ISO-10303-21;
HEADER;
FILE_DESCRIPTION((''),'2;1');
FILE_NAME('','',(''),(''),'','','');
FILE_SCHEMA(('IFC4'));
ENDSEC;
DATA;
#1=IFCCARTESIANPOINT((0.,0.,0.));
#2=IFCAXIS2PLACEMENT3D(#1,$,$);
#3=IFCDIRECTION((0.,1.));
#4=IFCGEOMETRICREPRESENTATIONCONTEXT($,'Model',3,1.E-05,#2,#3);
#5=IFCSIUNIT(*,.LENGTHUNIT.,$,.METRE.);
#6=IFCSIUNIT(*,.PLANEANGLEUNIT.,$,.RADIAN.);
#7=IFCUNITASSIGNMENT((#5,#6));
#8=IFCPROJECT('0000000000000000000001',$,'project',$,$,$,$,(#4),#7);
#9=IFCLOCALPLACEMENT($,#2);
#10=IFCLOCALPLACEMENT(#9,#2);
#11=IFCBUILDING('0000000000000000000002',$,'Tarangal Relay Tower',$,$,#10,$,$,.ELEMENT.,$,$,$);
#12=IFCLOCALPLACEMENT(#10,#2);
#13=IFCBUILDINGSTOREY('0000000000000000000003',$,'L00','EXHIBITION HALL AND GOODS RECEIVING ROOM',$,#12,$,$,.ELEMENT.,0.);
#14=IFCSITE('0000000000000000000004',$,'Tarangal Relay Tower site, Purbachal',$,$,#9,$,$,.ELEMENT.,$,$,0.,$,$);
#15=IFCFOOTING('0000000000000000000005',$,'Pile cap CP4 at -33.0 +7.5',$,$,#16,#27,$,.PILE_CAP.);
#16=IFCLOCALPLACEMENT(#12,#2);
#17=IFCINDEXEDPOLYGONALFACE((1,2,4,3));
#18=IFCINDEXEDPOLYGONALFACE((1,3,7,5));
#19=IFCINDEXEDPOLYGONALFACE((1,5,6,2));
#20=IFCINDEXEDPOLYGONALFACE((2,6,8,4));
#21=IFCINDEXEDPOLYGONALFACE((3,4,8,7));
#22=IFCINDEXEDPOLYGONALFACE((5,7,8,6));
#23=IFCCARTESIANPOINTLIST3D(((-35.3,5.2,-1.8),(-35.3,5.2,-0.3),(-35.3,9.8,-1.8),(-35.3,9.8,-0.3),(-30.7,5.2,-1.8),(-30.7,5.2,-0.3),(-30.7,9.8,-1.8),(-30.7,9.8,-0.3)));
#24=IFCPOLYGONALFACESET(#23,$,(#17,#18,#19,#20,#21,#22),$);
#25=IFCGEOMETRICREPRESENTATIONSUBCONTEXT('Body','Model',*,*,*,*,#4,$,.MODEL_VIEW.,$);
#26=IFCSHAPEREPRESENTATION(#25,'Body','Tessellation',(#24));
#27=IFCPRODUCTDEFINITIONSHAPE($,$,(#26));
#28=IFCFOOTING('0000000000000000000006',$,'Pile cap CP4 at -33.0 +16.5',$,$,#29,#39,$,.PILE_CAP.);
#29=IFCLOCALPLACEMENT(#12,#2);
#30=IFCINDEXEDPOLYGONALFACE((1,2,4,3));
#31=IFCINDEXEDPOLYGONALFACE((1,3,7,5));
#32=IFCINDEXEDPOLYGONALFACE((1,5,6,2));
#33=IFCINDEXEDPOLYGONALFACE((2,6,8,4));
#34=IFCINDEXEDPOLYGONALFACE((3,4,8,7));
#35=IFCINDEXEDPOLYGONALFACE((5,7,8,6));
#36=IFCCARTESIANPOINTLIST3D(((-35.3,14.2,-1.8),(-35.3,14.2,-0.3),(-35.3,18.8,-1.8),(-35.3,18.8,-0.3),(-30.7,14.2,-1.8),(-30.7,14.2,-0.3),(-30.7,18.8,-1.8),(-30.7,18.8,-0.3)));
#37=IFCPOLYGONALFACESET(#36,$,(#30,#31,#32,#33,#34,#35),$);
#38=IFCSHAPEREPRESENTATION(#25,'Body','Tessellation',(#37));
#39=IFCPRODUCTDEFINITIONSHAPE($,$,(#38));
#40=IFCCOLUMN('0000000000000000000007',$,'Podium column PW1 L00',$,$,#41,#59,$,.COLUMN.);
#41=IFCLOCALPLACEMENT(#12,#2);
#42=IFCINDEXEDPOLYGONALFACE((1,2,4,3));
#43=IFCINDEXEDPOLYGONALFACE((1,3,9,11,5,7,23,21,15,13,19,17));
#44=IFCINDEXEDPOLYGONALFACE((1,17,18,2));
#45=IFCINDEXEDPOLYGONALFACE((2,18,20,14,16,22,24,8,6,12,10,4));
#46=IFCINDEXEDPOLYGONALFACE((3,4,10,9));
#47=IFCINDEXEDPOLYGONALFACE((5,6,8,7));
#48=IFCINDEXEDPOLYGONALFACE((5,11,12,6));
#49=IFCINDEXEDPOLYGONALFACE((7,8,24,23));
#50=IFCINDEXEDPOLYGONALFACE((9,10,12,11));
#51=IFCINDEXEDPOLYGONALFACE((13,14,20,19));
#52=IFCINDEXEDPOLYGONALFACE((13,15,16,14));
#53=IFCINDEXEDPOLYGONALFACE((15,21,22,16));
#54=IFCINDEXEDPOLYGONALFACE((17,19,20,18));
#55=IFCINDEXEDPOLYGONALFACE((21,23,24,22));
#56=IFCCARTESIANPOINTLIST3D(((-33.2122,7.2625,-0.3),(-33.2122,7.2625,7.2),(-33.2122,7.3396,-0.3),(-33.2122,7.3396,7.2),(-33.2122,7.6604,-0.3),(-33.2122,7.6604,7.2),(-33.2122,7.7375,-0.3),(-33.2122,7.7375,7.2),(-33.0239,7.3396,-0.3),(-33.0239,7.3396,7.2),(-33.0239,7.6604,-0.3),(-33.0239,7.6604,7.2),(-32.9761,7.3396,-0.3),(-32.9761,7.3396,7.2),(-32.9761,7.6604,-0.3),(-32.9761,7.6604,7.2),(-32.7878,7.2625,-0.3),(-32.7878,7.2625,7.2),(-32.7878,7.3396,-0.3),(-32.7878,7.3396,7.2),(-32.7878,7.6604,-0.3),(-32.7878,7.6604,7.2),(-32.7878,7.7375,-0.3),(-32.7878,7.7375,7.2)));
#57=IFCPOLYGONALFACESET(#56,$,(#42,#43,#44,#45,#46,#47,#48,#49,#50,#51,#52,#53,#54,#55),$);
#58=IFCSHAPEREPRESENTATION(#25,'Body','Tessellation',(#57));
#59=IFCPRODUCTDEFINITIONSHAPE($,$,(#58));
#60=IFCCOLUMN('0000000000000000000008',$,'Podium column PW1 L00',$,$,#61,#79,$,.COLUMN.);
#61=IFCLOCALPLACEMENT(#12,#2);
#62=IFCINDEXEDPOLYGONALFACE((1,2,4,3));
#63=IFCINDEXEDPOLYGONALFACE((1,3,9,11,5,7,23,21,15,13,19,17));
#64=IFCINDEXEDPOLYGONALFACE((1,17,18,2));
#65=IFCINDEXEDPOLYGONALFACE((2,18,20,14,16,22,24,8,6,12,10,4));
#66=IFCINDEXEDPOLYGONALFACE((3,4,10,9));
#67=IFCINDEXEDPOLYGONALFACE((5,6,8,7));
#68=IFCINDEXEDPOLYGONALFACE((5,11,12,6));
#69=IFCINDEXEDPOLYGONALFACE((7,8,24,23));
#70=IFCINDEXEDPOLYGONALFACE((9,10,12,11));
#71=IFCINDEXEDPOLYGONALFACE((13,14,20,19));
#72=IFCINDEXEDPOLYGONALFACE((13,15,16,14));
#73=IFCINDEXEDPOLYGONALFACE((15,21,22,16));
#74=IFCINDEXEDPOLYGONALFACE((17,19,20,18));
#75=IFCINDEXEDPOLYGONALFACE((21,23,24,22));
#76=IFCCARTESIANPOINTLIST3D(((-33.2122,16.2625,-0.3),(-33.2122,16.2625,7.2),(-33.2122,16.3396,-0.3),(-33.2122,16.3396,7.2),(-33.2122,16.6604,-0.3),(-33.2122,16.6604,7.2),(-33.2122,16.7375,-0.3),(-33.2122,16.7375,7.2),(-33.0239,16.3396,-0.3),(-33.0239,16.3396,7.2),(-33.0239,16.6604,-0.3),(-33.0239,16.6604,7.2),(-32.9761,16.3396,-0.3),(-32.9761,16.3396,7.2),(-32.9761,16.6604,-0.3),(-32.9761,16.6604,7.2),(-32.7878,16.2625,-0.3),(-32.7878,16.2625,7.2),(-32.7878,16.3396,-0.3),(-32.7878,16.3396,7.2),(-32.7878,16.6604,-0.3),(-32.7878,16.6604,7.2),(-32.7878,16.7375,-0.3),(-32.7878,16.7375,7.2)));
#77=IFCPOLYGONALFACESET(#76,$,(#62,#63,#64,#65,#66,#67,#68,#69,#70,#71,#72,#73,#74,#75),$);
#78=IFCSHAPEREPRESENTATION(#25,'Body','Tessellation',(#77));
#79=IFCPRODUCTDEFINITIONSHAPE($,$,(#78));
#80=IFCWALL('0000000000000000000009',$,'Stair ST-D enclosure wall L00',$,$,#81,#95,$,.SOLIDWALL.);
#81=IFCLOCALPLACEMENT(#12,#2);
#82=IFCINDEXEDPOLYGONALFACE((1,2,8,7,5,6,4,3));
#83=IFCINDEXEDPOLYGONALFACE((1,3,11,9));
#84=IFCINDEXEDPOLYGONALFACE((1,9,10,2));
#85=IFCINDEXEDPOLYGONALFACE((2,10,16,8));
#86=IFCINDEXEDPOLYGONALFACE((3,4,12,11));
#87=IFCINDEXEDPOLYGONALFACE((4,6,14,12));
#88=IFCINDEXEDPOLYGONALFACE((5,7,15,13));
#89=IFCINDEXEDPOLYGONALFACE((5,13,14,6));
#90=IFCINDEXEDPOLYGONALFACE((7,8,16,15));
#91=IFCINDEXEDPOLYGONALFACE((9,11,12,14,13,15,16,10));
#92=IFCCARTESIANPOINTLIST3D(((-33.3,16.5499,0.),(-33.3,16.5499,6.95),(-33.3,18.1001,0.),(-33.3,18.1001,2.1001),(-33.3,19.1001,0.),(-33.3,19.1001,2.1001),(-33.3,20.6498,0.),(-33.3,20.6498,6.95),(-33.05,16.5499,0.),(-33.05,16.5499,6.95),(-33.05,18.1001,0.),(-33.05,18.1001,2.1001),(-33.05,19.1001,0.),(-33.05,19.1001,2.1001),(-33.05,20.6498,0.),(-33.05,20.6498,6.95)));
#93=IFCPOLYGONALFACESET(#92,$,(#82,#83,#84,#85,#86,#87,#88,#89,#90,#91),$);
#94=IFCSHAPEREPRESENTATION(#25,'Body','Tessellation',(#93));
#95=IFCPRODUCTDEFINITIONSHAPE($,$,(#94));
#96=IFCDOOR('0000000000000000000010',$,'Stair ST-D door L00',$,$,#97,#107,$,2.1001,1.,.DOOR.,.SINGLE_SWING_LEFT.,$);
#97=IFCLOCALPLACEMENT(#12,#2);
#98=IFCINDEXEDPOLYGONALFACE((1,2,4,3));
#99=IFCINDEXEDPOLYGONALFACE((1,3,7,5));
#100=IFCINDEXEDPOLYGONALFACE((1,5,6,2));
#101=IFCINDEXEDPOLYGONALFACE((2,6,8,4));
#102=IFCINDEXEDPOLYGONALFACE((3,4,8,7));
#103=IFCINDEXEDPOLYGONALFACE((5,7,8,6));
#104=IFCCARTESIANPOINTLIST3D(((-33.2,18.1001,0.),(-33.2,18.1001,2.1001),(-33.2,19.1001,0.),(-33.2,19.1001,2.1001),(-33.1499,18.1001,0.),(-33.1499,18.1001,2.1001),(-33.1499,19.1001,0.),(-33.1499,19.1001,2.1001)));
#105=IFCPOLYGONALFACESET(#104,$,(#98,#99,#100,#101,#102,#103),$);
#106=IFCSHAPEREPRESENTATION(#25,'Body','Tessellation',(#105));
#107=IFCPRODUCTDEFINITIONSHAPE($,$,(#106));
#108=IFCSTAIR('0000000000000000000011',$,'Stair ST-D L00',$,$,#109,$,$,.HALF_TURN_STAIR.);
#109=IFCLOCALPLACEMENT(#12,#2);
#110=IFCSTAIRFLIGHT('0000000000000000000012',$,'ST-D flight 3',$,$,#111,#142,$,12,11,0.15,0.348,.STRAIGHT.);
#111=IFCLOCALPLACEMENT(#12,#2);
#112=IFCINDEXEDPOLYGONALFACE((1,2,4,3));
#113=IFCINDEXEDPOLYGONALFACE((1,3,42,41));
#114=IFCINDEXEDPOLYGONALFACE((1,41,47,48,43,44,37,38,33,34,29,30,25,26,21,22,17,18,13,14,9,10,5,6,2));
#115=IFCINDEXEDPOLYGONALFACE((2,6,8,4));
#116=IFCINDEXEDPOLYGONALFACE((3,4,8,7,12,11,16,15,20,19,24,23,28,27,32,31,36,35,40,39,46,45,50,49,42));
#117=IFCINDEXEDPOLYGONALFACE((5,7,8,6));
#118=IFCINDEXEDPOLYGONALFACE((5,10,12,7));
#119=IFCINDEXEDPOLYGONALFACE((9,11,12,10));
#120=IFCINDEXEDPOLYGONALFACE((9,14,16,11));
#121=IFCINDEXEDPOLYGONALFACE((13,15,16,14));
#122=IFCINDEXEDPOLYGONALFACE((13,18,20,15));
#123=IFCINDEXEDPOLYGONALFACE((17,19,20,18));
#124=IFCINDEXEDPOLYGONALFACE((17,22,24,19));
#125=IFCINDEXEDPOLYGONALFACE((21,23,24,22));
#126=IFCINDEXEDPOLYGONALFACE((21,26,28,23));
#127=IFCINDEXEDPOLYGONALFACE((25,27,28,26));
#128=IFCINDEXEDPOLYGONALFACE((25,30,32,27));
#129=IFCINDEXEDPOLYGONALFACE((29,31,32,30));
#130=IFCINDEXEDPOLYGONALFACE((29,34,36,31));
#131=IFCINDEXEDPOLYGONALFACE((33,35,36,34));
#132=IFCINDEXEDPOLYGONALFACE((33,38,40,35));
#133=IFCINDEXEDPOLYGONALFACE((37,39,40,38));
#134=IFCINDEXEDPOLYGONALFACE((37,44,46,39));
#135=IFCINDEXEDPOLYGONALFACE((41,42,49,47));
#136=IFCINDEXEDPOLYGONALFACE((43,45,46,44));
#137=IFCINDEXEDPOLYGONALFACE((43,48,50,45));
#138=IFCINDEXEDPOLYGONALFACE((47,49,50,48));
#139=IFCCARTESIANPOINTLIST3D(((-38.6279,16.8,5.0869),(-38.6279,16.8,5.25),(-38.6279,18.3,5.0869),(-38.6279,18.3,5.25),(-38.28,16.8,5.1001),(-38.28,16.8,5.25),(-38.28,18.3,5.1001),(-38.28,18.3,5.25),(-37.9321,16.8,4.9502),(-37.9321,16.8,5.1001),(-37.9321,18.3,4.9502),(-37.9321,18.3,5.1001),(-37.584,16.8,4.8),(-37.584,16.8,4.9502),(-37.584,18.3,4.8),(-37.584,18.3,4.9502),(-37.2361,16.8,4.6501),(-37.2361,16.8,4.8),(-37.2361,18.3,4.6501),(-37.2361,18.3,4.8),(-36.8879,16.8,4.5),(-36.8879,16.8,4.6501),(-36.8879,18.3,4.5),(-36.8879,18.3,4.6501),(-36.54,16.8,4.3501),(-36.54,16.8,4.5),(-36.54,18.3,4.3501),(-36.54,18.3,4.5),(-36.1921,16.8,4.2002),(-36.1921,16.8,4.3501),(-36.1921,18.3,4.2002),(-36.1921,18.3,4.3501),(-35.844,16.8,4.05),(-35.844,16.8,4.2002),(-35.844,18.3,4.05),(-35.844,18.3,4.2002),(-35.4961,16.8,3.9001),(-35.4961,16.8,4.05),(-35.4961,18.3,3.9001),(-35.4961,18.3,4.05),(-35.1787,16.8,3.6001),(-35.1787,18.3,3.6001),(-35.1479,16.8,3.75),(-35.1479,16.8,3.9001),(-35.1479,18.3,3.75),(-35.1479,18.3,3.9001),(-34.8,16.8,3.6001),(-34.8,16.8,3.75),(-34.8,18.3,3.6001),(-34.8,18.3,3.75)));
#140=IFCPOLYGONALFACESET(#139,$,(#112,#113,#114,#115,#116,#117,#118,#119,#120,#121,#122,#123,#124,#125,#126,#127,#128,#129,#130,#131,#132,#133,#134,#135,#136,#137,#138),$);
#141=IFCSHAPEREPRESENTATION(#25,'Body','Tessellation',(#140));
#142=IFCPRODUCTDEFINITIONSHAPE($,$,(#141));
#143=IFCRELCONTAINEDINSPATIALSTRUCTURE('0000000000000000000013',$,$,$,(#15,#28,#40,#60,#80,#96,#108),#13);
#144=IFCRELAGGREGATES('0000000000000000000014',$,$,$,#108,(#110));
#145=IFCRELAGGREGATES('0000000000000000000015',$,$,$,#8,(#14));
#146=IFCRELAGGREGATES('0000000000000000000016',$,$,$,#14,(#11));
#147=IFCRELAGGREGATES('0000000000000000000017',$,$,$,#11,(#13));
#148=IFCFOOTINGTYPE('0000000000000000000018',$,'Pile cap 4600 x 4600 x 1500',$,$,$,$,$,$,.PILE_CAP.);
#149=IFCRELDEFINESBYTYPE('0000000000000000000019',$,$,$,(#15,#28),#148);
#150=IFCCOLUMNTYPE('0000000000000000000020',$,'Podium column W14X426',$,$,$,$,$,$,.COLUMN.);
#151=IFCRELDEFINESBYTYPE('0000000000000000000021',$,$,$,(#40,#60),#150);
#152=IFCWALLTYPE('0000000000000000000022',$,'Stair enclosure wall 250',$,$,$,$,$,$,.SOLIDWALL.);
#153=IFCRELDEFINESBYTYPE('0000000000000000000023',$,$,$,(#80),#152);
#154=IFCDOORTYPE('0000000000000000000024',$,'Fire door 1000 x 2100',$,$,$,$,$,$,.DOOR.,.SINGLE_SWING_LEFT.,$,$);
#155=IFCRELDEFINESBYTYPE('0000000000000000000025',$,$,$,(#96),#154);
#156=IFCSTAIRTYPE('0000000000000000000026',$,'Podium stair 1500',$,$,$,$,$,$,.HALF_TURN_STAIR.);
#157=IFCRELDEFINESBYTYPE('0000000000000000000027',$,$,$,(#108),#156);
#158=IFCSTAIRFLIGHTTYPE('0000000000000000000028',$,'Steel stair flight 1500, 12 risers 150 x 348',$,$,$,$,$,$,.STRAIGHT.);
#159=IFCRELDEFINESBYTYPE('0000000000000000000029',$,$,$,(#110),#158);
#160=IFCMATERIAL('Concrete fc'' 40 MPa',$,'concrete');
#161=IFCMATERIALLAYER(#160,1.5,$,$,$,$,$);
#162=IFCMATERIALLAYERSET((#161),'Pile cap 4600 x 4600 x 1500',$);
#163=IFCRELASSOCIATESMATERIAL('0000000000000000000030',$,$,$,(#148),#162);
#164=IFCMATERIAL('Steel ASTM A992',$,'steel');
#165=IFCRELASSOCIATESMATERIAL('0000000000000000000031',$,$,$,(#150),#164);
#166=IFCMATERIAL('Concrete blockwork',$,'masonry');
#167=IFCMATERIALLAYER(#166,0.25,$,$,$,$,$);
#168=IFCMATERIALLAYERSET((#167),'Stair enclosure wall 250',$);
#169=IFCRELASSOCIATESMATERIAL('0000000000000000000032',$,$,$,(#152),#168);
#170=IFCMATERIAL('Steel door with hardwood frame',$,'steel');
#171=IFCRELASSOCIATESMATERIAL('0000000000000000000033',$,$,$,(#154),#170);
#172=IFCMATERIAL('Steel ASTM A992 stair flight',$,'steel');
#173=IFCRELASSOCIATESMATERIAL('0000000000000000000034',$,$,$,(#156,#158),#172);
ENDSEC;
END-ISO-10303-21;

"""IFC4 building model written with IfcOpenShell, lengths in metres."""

from ifc_helpers import new_model, si_unit, direction, frame, frame_2d, origin, origin_2d, place, context, subcontext, project, spatial, polyline, rectangle, i_section, outline, extrude, material, layer, layer_set, material_profile, profile_set, type_object, element, fill, aggregate, save


model = new_model("IFC4")

# Units and contexts
model_context = context("Model", 3, precision=1e-05, world=origin(), true_north=direction((0.0, 1.0)))
body_context = subcontext(model_context, "Body", "Model", "MODEL_VIEW")
ifc_project = project(units=[si_unit("LENGTHUNIT", "METRE"), si_unit("PLANEANGLEUNIT", "RADIAN")], contexts=[model_context])

# Site, building, storey
site_placement = place(None, origin())
site = spatial("IfcSite", under=ifc_project, at=site_placement, Name="Tarangal Relay Tower site, Purbachal", CompositionType="ELEMENT", RefElevation=0.0)
building_placement = place(site_placement, origin())
building = spatial("IfcBuilding", under=site, at=building_placement, Name="Tarangal Relay Tower", CompositionType="ELEMENT")
storey_placement = place(building_placement, origin())
storey = spatial("IfcBuildingStorey", under=building, at=storey_placement, Name="L00", Description="EXHIBITION HALL AND GOODS RECEIVING ROOM", CompositionType="ELEMENT", Elevation=0.0)

# Shared definitions
ifc_material_1 = material(Name="Concrete fc' 40 MPa", Category="concrete")

# Footings
ifc_layer_1 = layer(ifc_material_1, 1.5)
ifc_layer_set_1 = layer_set([ifc_layer_1], Name="Pile cap 4600 x 4600 x 1500")
footing_type_1 = type_object("IfcFootingType", Name="Pile cap 4600 x 4600 x 1500", PredefinedType="PILE_CAP", material=ifc_layer_set_1)
for number, where, z_axis, x_axis, name in (
    (1, (-33.0, 7.5, -1.8), (0.0, 0.0, 1.0), (1.0, 0.0, 0.0), "Pile cap CP4 at -33.0 +7.5"),
    (2, (-33.0, 16.5, -1.8), (0.0, 0.0, 1.0), (1.0, 0.0, 0.0), "Pile cap CP4 at -33.0 +16.5"),
):
    element("IfcFooting", number, at=place(storey_placement, frame(where, z_axis=z_axis, x_axis=x_axis)), inside=storey, type_object=footing_type_1, Name=name, PredefinedType="PILE_CAP", context=body_context, shape_type="SweptSolid", body=[
        extrude(rectangle(XDim=4.6001, YDim=4.6001, at=origin_2d()), origin(), (0.0, 0.0, 1.0), 1.5),
    ])

# Columns
ifc_material_2 = material(Name="Steel ASTM A992", Category="steel")
ifc_material_profile_1 = material_profile(ifc_material_2, i_section(OverallWidth=0.4243, OverallDepth=0.4751, WebThickness=0.0479, FlangeThickness=0.0771, at=origin_2d()), Name="W14X426")
ifc_profile_set_1 = profile_set([ifc_material_profile_1], Name="Steel ASTM A992")
column_type = type_object("IfcColumnType", Name="Podium column W14X426", PredefinedType="COLUMN", material=ifc_profile_set_1)
for number, where, z_axis, x_axis, name in (
    (3, (-33.0, 7.5, -0.3), (0.0, 0.0, 1.0), (1.0, 0.0, 0.0), "Podium column PW1 L00"),
    (4, (-33.0, 16.5, -0.3), (0.0, 0.0, 1.0), (1.0, 0.0, 0.0), "Podium column PW1 L00"),
):
    element("IfcColumn", number, at=place(storey_placement, frame(where, z_axis=z_axis, x_axis=x_axis)), inside=storey, type_object=column_type, Name=name, PredefinedType="COLUMN", context=body_context, shape_type="SweptSolid", body=[
        extrude(i_section(OverallWidth=0.4243, OverallDepth=0.4751, WebThickness=0.0479, FlangeThickness=0.0771, at=origin_2d()), origin(), (0.0, 0.0, 1.0), 7.5),
    ])

# Wall, opening, door
ifc_material_3 = material(Name="Concrete blockwork", Category="masonry")
ifc_layer_2 = layer(ifc_material_3, 0.25)
ifc_layer_set_2 = layer_set([ifc_layer_2], Name="Stair enclosure wall 250")
wall_type = type_object("IfcWallType", Name="Stair enclosure wall 250", PredefinedType="SOLIDWALL", material=ifc_layer_set_2)
wall_placement = place(storey_placement, frame((-33.175, 16.55, 0.0), z_axis=(0.0, 0.0, 1.0), x_axis=(0.0, 1.0, 0.0)))
wall = element("IfcWall", 5, at=wall_placement, inside=storey, type_object=wall_type, Name="Stair ST-D enclosure wall L00", PredefinedType="SOLIDWALL", context=body_context, shape_type="SweptSolid", body=[
    extrude(rectangle(XDim=4.0999, YDim=0.25, at=frame_2d((2.0498, 0.0))), origin(), (0.0, 0.0, 1.0), 6.95),
])
opening_placement = place(wall_placement, frame((1.55, 0.0, 0.0)))
opening = element("IfcOpeningElement", 6, at=opening_placement, cuts=wall, PredefinedType="OPENING", context=body_context, shape_type="SweptSolid", body=[
    extrude(rectangle(XDim=1.0, YDim=2.1001, at=frame_2d((0.5, 1.05))), frame((0.0, 0.135, 0.0), z_axis=(0.0, -1.0, 0.0), x_axis=(1.0, 0.0, 0.0)), (0.0, 0.0, 1.0), 0.27),
])
ifc_material_4 = material(Name="Steel door with hardwood frame", Category="steel")
door_type = type_object("IfcDoorType", Name="Fire door 1000 x 2100", OperationType="SINGLE_SWING_LEFT", PredefinedType="DOOR", material=ifc_material_4)
door_placement = place(opening_placement, origin())
door = element("IfcDoor", 7, at=door_placement, inside=storey, type_object=door_type, Name="Stair ST-D door L00", OperationType="SINGLE_SWING_LEFT", OverallHeight=2.1001, OverallWidth=1.0, PredefinedType="DOOR", context=body_context, shape_type="SweptSolid", body=[
    extrude(rectangle(XDim=1.0, YDim=2.1001, at=frame_2d((0.5, 1.05))), frame((0.0, 0.0249, 0.0), z_axis=(0.0, -1.0, 0.0), x_axis=(1.0, 0.0, 0.0)), (0.0, 0.0, 1.0), 0.05),
])
fill(opening, door)

# Stair, stair flight
ifc_material_5 = material(Name="Steel ASTM A992 stair flight", Category="steel")
stair_type = type_object("IfcStairType", Name="Podium stair 1500", PredefinedType="HALF_TURN_STAIR", material=ifc_material_5)
stair_placement = place(storey_placement, origin())
stair = element("IfcStair", 8, at=stair_placement, inside=storey, type_object=stair_type, Name="Stair ST-D L00", PredefinedType="HALF_TURN_STAIR")
stair_flight_type = type_object("IfcStairFlightType", Name="Steel stair flight 1500, 12 risers 150 x 348", PredefinedType="STRAIGHT", material=ifc_material_5)
stair_flight_placement = place(storey_placement, frame((-34.8, 17.55, 3.6001), z_axis=(0.0, 0.0, 1.0), x_axis=(-1.0, 0.0, 0.0)))
stair_flight = element("IfcStairFlight", 9, at=stair_flight_placement, type_object=stair_flight_type, Name="ST-D flight 3", NumberOfRisers=12, NumberOfTreads=11, PredefinedType="STRAIGHT", RiserHeight=0.15, TreadLength=0.348, context=body_context, shape_type="SweptSolid", body=[
    extrude(outline(polyline([(0.0, 0.0), (0.0, 0.1499), (0.3479, 0.1499), (0.3479, 0.3), (0.696, 0.3), (0.696, 0.45), (1.0439, 0.45), (1.0439, 0.6001), (1.3921, 0.6001), (1.3921, 0.75), (1.74, 0.75), (1.74, 0.8999), (2.0879, 0.8999), (2.0879, 1.05), (2.436, 1.05), (2.436, 1.2), (2.7839, 1.2), (2.7839, 1.3501), (3.1321, 1.3501), (3.1321, 1.5), (3.48, 1.5), (3.48, 1.6499), (3.8279, 1.6499), (3.8279, 1.8), (3.8279, 1.4868), (0.3787, 0.0), (0.0, 0.0)])), frame((0.0, 0.75, 0.0), z_axis=(0.0, -1.0, 0.0), x_axis=(1.0, 0.0, 0.0)), (0.0, 0.0, 1.0), 1.5),
])
aggregate(stair, [stair_flight])

save(model, "model.ifc")
